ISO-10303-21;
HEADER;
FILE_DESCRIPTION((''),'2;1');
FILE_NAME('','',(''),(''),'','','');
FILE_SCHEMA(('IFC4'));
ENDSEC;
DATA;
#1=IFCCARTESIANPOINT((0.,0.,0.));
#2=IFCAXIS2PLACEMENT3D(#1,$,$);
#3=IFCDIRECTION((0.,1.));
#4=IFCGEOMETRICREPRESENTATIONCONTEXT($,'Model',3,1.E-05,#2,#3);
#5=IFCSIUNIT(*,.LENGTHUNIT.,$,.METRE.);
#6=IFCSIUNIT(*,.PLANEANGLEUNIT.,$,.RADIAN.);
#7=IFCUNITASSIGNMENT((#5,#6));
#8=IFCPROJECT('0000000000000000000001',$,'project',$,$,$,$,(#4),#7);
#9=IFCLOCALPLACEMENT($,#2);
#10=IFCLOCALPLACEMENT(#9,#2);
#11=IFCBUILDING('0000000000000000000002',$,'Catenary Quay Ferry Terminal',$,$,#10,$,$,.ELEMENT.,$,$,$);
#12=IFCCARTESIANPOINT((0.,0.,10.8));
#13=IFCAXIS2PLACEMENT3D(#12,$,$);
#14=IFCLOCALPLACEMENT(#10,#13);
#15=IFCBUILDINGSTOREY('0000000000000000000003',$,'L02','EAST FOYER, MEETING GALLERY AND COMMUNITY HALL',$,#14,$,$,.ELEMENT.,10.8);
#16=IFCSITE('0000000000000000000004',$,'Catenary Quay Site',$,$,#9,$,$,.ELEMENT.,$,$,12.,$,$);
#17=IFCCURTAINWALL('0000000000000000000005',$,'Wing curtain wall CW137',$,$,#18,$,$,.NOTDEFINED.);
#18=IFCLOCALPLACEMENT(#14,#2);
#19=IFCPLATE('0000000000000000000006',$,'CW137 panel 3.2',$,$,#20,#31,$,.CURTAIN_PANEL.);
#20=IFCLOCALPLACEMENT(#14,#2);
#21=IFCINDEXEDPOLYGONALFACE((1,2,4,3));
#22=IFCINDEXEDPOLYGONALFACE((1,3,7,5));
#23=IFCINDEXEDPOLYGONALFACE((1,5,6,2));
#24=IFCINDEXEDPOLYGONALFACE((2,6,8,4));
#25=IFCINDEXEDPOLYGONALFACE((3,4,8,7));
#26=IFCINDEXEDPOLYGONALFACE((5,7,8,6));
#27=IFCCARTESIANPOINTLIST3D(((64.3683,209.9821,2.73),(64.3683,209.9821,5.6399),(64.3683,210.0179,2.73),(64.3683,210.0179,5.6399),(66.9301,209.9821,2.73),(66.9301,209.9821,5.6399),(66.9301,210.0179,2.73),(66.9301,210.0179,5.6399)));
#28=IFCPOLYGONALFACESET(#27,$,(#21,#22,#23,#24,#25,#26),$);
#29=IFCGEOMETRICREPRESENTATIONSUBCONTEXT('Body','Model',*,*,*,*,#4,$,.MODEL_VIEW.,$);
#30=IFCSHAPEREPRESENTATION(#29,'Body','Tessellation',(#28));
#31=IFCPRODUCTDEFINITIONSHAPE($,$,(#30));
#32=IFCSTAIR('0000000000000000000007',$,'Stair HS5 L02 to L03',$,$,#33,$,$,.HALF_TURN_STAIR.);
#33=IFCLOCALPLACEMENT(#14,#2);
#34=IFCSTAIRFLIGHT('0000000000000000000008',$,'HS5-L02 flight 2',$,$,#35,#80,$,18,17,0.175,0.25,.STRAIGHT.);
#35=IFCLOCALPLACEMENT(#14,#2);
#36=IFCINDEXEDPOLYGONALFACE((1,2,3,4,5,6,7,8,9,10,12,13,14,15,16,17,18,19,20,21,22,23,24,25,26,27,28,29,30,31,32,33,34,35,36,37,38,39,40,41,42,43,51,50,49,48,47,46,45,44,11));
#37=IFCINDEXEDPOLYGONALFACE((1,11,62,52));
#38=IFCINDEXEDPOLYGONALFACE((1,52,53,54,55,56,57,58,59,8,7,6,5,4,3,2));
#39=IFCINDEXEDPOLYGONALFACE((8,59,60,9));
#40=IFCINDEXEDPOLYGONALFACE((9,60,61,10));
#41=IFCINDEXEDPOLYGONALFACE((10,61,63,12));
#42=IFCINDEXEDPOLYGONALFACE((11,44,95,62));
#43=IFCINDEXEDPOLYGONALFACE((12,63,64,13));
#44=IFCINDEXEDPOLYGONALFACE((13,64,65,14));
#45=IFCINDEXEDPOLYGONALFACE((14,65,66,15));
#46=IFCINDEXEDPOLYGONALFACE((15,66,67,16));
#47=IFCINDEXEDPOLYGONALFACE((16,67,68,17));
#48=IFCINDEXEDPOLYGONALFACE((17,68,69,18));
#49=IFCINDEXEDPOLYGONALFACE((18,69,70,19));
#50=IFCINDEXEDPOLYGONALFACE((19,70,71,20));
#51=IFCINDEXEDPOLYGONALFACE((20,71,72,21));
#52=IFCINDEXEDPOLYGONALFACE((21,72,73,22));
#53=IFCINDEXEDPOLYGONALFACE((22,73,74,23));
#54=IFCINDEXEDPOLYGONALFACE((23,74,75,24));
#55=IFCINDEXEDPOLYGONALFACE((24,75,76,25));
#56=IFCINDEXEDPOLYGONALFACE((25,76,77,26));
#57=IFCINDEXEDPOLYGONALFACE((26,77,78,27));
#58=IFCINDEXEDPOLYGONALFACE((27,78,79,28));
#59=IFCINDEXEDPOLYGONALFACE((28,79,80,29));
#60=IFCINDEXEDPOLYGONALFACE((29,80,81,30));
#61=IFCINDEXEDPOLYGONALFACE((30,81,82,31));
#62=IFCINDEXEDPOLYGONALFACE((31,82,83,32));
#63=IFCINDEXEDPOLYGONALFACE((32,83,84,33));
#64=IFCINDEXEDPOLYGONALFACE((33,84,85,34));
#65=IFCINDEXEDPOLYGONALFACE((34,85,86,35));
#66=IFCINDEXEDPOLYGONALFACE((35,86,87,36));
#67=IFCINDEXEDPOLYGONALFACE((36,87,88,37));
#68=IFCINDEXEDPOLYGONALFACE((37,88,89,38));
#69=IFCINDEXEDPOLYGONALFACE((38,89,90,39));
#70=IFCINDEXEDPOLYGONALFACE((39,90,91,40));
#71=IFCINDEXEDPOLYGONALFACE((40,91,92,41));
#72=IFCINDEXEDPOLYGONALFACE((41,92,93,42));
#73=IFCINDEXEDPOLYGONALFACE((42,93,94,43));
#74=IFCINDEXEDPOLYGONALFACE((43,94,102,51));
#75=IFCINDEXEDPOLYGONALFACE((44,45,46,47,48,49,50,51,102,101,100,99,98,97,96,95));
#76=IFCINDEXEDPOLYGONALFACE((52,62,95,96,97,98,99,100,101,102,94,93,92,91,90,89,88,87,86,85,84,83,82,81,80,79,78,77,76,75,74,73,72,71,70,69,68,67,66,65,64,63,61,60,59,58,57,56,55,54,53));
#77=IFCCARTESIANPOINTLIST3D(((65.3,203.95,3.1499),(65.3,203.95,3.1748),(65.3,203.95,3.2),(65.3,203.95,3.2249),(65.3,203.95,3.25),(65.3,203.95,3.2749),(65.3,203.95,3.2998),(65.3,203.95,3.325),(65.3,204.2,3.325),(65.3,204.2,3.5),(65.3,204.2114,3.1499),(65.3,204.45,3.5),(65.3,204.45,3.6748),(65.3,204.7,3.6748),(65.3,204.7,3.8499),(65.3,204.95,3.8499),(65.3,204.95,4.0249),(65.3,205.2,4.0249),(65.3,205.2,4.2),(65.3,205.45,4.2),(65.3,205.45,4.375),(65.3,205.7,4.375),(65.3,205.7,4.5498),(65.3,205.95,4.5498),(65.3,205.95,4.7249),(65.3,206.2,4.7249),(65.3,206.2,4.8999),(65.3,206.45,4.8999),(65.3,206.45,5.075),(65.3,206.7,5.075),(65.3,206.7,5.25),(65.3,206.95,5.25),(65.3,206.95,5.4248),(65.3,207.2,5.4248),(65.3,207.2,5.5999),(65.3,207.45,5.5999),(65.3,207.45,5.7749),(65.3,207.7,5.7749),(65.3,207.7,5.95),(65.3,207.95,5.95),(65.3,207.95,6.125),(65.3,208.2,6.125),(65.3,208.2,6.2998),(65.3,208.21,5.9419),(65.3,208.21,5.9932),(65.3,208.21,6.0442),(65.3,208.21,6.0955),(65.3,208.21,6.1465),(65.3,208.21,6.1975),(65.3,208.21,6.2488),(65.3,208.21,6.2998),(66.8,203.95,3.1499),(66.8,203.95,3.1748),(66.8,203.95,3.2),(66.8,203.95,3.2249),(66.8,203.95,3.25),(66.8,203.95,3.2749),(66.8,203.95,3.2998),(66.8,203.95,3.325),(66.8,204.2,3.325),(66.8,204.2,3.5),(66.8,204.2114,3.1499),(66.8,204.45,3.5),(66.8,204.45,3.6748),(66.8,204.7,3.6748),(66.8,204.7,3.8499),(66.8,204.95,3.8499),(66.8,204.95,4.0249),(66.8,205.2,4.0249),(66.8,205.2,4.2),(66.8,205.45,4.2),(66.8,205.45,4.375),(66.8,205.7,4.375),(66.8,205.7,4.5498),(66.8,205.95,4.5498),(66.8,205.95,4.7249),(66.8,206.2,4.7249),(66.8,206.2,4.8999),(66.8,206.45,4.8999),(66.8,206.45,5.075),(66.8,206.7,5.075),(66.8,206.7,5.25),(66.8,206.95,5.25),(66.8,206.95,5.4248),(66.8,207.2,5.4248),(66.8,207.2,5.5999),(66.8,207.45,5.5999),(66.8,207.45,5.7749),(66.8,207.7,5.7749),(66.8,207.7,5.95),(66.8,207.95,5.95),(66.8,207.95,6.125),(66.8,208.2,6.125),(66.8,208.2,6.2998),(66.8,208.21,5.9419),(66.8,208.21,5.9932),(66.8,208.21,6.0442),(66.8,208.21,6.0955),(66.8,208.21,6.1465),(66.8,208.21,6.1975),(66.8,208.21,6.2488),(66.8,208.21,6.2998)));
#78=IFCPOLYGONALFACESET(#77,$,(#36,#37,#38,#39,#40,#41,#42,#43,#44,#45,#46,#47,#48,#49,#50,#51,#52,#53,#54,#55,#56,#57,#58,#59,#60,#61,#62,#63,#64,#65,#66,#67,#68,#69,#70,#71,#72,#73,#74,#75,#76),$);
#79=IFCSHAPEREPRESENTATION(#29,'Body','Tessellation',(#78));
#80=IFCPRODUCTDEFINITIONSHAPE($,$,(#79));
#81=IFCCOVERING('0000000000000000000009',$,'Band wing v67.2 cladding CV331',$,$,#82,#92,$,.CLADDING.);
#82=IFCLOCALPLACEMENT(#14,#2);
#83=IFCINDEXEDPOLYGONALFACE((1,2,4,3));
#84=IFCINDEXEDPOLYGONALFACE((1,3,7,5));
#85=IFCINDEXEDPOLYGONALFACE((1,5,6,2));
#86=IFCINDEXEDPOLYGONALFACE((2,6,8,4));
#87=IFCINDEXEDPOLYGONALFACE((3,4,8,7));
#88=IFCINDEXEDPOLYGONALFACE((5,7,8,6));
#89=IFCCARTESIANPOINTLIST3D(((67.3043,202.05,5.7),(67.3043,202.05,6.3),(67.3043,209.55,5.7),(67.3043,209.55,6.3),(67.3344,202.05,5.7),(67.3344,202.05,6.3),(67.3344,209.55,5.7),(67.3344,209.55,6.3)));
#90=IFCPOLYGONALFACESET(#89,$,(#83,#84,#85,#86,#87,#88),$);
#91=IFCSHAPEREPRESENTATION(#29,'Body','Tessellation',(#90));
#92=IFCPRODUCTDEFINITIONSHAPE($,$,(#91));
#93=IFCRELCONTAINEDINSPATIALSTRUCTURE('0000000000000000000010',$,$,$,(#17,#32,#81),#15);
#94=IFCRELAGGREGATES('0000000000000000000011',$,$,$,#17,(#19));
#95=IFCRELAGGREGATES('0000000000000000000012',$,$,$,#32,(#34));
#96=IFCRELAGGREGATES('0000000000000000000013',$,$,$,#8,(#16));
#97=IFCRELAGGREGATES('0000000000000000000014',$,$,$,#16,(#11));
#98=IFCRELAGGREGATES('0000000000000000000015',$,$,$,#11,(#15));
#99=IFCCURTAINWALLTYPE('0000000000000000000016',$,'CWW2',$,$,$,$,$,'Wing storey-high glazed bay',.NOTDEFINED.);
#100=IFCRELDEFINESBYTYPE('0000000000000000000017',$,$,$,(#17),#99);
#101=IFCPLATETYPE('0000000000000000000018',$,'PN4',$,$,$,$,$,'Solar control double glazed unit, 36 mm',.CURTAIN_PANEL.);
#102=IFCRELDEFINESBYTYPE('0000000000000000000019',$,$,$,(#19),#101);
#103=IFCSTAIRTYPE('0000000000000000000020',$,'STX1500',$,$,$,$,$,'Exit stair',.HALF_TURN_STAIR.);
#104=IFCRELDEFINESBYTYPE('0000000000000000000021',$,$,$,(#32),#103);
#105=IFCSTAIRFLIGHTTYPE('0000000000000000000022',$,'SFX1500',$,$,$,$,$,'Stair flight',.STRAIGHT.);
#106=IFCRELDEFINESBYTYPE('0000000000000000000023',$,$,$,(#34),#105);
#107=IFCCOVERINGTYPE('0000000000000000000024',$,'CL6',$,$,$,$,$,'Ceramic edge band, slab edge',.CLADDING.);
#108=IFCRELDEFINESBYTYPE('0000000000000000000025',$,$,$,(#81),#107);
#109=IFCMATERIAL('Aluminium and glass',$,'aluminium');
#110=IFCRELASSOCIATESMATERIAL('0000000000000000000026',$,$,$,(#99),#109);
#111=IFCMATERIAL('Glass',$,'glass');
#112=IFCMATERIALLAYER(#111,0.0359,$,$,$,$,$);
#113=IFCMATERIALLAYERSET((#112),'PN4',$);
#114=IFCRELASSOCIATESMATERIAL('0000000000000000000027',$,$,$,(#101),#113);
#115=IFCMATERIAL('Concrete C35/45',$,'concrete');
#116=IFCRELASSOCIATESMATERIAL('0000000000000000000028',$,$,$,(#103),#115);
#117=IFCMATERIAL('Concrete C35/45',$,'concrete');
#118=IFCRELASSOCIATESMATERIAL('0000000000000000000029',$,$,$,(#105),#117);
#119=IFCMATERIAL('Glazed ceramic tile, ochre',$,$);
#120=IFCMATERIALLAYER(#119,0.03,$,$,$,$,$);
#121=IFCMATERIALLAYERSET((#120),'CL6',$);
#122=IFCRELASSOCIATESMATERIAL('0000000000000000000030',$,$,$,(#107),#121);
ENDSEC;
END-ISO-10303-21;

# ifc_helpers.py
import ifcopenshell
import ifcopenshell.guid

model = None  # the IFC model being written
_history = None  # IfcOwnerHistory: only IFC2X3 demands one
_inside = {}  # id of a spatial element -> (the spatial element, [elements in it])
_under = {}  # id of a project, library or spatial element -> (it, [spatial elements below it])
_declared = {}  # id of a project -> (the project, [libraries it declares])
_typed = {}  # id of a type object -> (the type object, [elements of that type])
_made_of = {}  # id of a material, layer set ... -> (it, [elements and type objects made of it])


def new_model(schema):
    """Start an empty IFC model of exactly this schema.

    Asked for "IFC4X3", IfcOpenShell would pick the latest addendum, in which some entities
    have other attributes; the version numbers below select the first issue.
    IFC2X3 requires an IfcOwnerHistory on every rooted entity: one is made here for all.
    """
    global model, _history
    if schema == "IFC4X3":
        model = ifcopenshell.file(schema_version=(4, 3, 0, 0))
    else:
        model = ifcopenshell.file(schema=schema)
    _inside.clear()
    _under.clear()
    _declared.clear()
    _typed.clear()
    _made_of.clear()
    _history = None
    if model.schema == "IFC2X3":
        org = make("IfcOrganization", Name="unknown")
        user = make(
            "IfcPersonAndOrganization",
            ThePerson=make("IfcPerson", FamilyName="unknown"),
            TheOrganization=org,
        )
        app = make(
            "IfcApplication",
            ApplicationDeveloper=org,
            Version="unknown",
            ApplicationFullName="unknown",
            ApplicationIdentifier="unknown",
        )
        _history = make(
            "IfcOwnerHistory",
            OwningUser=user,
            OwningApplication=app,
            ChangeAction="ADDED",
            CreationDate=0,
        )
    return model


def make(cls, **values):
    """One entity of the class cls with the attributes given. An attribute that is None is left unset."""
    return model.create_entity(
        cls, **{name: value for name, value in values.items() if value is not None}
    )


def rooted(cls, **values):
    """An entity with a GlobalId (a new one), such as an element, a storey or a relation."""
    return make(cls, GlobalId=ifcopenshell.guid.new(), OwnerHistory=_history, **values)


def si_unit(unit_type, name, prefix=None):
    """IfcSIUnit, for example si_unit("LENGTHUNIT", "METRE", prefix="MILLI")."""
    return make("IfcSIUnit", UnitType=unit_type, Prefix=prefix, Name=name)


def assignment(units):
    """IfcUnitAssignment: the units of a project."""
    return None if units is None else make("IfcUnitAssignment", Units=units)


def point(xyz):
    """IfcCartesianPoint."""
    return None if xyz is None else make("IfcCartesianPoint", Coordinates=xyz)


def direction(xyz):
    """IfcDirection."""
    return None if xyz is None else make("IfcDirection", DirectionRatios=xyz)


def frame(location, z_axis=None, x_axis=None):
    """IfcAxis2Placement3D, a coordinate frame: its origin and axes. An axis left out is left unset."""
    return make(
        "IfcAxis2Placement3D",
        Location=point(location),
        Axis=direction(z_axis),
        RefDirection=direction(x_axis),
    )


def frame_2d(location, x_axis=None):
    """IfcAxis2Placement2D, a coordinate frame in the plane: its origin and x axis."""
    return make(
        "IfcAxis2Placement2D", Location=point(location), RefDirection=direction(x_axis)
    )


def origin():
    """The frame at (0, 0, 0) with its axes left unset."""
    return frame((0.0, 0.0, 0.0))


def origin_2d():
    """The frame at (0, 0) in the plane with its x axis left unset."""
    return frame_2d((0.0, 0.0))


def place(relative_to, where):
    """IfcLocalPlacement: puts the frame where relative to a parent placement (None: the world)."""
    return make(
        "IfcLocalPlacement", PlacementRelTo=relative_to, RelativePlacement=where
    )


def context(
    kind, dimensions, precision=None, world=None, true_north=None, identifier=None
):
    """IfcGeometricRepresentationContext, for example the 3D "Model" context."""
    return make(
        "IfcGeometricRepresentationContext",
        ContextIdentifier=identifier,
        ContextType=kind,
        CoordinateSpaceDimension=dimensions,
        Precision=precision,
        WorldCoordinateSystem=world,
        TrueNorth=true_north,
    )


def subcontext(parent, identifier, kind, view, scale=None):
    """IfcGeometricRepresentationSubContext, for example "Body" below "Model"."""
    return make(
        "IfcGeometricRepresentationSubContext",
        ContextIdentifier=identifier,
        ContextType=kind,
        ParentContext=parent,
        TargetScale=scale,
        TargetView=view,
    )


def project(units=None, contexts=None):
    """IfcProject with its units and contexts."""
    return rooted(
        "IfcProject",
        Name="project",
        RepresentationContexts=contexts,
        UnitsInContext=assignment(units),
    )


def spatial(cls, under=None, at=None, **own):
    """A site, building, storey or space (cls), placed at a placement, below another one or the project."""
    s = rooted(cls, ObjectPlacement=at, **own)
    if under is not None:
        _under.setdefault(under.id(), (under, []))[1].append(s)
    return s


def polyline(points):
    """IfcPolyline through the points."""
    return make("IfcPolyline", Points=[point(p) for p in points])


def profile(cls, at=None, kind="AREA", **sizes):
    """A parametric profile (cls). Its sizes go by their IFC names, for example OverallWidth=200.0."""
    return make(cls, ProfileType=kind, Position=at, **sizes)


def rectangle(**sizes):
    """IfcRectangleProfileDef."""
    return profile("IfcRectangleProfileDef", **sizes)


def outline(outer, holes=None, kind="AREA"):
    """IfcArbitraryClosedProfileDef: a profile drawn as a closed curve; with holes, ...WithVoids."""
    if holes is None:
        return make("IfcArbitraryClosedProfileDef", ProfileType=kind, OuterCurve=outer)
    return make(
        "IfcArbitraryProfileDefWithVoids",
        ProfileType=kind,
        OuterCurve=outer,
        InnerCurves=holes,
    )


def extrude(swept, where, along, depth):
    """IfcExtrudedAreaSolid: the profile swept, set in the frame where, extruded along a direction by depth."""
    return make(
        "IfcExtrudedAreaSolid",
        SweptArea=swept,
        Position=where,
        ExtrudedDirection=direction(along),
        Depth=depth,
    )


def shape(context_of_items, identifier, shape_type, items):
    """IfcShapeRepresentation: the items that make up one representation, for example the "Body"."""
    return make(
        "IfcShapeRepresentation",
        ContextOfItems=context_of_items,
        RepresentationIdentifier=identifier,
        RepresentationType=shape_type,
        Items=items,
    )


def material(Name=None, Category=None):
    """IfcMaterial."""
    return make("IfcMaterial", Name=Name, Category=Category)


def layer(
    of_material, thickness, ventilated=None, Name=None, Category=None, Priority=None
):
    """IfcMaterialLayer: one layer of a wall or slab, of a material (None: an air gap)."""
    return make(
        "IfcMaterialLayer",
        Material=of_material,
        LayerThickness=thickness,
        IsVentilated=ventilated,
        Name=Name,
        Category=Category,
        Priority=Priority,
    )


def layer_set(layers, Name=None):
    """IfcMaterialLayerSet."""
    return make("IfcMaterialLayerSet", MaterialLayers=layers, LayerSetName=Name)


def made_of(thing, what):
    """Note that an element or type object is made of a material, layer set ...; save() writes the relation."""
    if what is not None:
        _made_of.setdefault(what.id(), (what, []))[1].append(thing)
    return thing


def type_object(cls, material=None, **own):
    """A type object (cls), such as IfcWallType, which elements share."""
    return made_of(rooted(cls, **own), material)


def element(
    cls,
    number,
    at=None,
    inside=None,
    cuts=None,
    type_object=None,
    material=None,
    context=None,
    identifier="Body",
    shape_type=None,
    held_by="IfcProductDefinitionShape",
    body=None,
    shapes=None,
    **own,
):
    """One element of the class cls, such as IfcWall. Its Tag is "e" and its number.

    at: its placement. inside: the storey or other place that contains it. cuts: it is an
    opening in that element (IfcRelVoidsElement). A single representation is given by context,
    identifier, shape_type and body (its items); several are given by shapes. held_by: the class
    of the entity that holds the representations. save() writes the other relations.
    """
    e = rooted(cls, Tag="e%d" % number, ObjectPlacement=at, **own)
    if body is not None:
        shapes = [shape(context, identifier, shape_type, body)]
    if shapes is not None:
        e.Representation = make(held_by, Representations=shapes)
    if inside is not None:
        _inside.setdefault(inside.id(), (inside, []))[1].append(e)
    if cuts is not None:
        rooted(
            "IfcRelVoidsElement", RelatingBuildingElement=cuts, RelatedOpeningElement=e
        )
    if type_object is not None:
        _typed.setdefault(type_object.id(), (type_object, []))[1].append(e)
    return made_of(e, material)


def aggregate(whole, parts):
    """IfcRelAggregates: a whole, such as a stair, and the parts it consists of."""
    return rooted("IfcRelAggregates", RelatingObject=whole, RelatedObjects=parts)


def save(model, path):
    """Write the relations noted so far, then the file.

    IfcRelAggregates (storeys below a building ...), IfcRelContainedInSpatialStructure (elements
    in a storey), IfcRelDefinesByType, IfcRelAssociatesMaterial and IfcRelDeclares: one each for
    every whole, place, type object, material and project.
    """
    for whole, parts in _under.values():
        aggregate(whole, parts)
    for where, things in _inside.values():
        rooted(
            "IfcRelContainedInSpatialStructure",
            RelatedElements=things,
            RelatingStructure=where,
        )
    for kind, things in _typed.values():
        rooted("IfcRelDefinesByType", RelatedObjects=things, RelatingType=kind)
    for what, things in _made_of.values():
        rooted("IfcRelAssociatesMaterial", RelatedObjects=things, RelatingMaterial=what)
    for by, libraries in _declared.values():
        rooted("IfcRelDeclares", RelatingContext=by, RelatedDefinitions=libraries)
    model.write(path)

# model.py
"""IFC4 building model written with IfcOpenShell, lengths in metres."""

from ifc_helpers import new_model, si_unit, direction, frame, origin, origin_2d, place, context, subcontext, project, spatial, polyline, rectangle, outline, extrude, material, layer, layer_set, type_object, element, aggregate, save


model = new_model("IFC4")

# Units and contexts
model_context = context("Model", 3, precision=1e-05, world=origin(), true_north=direction((0.0, 1.0)))
body_context = subcontext(model_context, "Body", "Model", "MODEL_VIEW")
ifc_project = project(units=[si_unit("LENGTHUNIT", "METRE"), si_unit("PLANEANGLEUNIT", "RADIAN")], contexts=[model_context])

# Site, building, storey
site_placement = place(None, origin())
site = spatial("IfcSite", under=ifc_project, at=site_placement, Name="Catenary Quay Site", CompositionType="ELEMENT", RefElevation=12.0)
building_placement = place(site_placement, origin())
building = spatial("IfcBuilding", under=site, at=building_placement, Name="Catenary Quay Ferry Terminal", CompositionType="ELEMENT")
storey_placement = place(building_placement, frame((0.0, 0.0, 10.8)))
storey = spatial("IfcBuildingStorey", under=building, at=storey_placement, Name="L02", Description="EAST FOYER, MEETING GALLERY AND COMMUNITY HALL", CompositionType="ELEMENT", Elevation=10.8)

# Shared definitions
ifc_material_1 = material(Name="Aluminium and glass", Category="aluminium")
curtain_wall_type = type_object("IfcCurtainWallType", Name="CWW2", ElementType="Wing storey-high glazed bay", PredefinedType="NOTDEFINED", material=ifc_material_1)

# Curtain wall
curtain_wall_1_placement = place(storey_placement, origin())
curtain_wall_1 = element("IfcCurtainWall", 1, at=curtain_wall_1_placement, inside=storey, type_object=curtain_wall_type, Name="Wing curtain wall CW137", PredefinedType="NOTDEFINED")

# Plate
ifc_material_2 = material(Name="Glass", Category="glass")
ifc_layer_1 = layer(ifc_material_2, 0.0359)
ifc_layer_set_1 = layer_set([ifc_layer_1], Name="PN4")
plate_type = type_object("IfcPlateType", Name="PN4", ElementType="Solar control double glazed unit, 36 mm", PredefinedType="CURTAIN_PANEL", material=ifc_layer_set_1)
plate_1_placement = place(storey_placement, frame((65.6492, 210.0, 2.73), z_axis=(0.0, 0.0, 1.0), x_axis=(1.0, 0.0, 0.0)))
plate_1 = element("IfcPlate", 2, at=plate_1_placement, type_object=plate_type, Name="CW137 panel 3.2", PredefinedType="CURTAIN_PANEL", context=body_context, shape_type="SweptSolid", body=[
    extrude(rectangle(XDim=2.5618, YDim=0.0359, at=origin_2d()), origin(), (0.0, 0.0, 1.0), 2.9099),
])
aggregate(curtain_wall_1, [plate_1])

# Stair, stair flight
ifc_material_3 = material(Name="Concrete C35/45", Category="concrete")
stair_type = type_object("IfcStairType", Name="STX1500", ElementType="Exit stair", PredefinedType="HALF_TURN_STAIR", material=ifc_material_3)
stair_placement = place(storey_placement, origin())
stair = element("IfcStair", 3, at=stair_placement, inside=storey, type_object=stair_type, Name="Stair HS5 L02 to L03", PredefinedType="HALF_TURN_STAIR")
ifc_material_4 = material(Name="Concrete C35/45", Category="concrete")
stair_flight_type = type_object("IfcStairFlightType", Name="SFX1500", ElementType="Stair flight", PredefinedType="STRAIGHT", material=ifc_material_4)
stair_flight_placement = place(storey_placement, frame((66.05, 203.95, 3.1499), z_axis=(0.0, 0.0, 1.0), x_axis=(0.0, 1.0, 0.0)))
stair_flight = element("IfcStairFlight", 4, at=stair_flight_placement, type_object=stair_flight_type, Name="HS5-L02 flight 2", NumberOfRisers=18, NumberOfTreads=17, PredefinedType="STRAIGHT", RiserHeight=0.175, TreadLength=0.25, context=body_context, shape_type="SweptSolid", body=[
    extrude(outline(polyline([(0.0, 0.0), (0.0, 0.0249), (0.0, 0.05), (0.0, 0.075), (0.0, 0.1001), (0.0, 0.125), (0.0, 0.1499), (0.0, 0.175), (0.25, 0.175), (0.25, 0.3501), (0.5, 0.3501), (0.5, 0.5249), (0.75, 0.5249), (0.75, 0.7), (1.0, 0.7), (1.0, 0.875), (1.25, 0.875), (1.25, 1.05), (1.5, 1.05), (1.5, 1.2251), (1.75, 1.2251), (1.75, 1.3999), (2.0, 1.3999), (2.0, 1.575), (2.25, 1.575), (2.25, 1.75), (2.5, 1.75), (2.5, 1.925), (2.75, 1.925), (2.75, 2.1001), (3.0, 2.1001), (3.0, 2.2749), (3.25, 2.2749), (3.25, 2.45), (3.5, 2.45), (3.5, 2.625), (3.75, 2.625), (3.75, 2.8), (4.0, 2.8), (4.0, 2.9751), (4.25, 2.9751), (4.25, 3.1499), (4.26, 3.1499), (4.26, 3.0989), (4.26, 3.0476), (4.26, 2.9966), (4.26, 2.9456), (4.26, 2.8943), (4.26, 2.8433), (4.26, 2.792), (0.2615, 0.0), (0.0, 0.0)])), frame((0.0, 0.75, 0.0), z_axis=(0.0, -1.0, 0.0), x_axis=(1.0, 0.0, 0.0)), (0.0, 0.0, 1.0), 1.5),
])
aggregate(stair, [stair_flight])

# Covering
ifc_material_5 = material(Name="Glazed ceramic tile, ochre")
ifc_layer_2 = layer(ifc_material_5, 0.03)
ifc_layer_set_2 = layer_set([ifc_layer_2], Name="CL6")
covering_type = type_object("IfcCoveringType", Name="CL6", ElementType="Ceramic edge band, slab edge", PredefinedType="CLADDING", material=ifc_layer_set_2)
covering_placement = place(storey_placement, frame((67.3193, 205.8, 5.7), z_axis=(0.0, 0.0, 1.0), x_axis=(1.0, 0.0, 0.0)))
element("IfcCovering", 5, at=covering_placement, inside=storey, type_object=covering_type, Name="Band wing v67.2 cladding CV331", PredefinedType="CLADDING", context=body_context, shape_type="SweptSolid", body=[
    extrude(rectangle(XDim=0.03, YDim=7.5, at=origin_2d()), origin(), (0.0, 0.0, 1.0), 0.6001),
])

save(model, "model.ifc")
